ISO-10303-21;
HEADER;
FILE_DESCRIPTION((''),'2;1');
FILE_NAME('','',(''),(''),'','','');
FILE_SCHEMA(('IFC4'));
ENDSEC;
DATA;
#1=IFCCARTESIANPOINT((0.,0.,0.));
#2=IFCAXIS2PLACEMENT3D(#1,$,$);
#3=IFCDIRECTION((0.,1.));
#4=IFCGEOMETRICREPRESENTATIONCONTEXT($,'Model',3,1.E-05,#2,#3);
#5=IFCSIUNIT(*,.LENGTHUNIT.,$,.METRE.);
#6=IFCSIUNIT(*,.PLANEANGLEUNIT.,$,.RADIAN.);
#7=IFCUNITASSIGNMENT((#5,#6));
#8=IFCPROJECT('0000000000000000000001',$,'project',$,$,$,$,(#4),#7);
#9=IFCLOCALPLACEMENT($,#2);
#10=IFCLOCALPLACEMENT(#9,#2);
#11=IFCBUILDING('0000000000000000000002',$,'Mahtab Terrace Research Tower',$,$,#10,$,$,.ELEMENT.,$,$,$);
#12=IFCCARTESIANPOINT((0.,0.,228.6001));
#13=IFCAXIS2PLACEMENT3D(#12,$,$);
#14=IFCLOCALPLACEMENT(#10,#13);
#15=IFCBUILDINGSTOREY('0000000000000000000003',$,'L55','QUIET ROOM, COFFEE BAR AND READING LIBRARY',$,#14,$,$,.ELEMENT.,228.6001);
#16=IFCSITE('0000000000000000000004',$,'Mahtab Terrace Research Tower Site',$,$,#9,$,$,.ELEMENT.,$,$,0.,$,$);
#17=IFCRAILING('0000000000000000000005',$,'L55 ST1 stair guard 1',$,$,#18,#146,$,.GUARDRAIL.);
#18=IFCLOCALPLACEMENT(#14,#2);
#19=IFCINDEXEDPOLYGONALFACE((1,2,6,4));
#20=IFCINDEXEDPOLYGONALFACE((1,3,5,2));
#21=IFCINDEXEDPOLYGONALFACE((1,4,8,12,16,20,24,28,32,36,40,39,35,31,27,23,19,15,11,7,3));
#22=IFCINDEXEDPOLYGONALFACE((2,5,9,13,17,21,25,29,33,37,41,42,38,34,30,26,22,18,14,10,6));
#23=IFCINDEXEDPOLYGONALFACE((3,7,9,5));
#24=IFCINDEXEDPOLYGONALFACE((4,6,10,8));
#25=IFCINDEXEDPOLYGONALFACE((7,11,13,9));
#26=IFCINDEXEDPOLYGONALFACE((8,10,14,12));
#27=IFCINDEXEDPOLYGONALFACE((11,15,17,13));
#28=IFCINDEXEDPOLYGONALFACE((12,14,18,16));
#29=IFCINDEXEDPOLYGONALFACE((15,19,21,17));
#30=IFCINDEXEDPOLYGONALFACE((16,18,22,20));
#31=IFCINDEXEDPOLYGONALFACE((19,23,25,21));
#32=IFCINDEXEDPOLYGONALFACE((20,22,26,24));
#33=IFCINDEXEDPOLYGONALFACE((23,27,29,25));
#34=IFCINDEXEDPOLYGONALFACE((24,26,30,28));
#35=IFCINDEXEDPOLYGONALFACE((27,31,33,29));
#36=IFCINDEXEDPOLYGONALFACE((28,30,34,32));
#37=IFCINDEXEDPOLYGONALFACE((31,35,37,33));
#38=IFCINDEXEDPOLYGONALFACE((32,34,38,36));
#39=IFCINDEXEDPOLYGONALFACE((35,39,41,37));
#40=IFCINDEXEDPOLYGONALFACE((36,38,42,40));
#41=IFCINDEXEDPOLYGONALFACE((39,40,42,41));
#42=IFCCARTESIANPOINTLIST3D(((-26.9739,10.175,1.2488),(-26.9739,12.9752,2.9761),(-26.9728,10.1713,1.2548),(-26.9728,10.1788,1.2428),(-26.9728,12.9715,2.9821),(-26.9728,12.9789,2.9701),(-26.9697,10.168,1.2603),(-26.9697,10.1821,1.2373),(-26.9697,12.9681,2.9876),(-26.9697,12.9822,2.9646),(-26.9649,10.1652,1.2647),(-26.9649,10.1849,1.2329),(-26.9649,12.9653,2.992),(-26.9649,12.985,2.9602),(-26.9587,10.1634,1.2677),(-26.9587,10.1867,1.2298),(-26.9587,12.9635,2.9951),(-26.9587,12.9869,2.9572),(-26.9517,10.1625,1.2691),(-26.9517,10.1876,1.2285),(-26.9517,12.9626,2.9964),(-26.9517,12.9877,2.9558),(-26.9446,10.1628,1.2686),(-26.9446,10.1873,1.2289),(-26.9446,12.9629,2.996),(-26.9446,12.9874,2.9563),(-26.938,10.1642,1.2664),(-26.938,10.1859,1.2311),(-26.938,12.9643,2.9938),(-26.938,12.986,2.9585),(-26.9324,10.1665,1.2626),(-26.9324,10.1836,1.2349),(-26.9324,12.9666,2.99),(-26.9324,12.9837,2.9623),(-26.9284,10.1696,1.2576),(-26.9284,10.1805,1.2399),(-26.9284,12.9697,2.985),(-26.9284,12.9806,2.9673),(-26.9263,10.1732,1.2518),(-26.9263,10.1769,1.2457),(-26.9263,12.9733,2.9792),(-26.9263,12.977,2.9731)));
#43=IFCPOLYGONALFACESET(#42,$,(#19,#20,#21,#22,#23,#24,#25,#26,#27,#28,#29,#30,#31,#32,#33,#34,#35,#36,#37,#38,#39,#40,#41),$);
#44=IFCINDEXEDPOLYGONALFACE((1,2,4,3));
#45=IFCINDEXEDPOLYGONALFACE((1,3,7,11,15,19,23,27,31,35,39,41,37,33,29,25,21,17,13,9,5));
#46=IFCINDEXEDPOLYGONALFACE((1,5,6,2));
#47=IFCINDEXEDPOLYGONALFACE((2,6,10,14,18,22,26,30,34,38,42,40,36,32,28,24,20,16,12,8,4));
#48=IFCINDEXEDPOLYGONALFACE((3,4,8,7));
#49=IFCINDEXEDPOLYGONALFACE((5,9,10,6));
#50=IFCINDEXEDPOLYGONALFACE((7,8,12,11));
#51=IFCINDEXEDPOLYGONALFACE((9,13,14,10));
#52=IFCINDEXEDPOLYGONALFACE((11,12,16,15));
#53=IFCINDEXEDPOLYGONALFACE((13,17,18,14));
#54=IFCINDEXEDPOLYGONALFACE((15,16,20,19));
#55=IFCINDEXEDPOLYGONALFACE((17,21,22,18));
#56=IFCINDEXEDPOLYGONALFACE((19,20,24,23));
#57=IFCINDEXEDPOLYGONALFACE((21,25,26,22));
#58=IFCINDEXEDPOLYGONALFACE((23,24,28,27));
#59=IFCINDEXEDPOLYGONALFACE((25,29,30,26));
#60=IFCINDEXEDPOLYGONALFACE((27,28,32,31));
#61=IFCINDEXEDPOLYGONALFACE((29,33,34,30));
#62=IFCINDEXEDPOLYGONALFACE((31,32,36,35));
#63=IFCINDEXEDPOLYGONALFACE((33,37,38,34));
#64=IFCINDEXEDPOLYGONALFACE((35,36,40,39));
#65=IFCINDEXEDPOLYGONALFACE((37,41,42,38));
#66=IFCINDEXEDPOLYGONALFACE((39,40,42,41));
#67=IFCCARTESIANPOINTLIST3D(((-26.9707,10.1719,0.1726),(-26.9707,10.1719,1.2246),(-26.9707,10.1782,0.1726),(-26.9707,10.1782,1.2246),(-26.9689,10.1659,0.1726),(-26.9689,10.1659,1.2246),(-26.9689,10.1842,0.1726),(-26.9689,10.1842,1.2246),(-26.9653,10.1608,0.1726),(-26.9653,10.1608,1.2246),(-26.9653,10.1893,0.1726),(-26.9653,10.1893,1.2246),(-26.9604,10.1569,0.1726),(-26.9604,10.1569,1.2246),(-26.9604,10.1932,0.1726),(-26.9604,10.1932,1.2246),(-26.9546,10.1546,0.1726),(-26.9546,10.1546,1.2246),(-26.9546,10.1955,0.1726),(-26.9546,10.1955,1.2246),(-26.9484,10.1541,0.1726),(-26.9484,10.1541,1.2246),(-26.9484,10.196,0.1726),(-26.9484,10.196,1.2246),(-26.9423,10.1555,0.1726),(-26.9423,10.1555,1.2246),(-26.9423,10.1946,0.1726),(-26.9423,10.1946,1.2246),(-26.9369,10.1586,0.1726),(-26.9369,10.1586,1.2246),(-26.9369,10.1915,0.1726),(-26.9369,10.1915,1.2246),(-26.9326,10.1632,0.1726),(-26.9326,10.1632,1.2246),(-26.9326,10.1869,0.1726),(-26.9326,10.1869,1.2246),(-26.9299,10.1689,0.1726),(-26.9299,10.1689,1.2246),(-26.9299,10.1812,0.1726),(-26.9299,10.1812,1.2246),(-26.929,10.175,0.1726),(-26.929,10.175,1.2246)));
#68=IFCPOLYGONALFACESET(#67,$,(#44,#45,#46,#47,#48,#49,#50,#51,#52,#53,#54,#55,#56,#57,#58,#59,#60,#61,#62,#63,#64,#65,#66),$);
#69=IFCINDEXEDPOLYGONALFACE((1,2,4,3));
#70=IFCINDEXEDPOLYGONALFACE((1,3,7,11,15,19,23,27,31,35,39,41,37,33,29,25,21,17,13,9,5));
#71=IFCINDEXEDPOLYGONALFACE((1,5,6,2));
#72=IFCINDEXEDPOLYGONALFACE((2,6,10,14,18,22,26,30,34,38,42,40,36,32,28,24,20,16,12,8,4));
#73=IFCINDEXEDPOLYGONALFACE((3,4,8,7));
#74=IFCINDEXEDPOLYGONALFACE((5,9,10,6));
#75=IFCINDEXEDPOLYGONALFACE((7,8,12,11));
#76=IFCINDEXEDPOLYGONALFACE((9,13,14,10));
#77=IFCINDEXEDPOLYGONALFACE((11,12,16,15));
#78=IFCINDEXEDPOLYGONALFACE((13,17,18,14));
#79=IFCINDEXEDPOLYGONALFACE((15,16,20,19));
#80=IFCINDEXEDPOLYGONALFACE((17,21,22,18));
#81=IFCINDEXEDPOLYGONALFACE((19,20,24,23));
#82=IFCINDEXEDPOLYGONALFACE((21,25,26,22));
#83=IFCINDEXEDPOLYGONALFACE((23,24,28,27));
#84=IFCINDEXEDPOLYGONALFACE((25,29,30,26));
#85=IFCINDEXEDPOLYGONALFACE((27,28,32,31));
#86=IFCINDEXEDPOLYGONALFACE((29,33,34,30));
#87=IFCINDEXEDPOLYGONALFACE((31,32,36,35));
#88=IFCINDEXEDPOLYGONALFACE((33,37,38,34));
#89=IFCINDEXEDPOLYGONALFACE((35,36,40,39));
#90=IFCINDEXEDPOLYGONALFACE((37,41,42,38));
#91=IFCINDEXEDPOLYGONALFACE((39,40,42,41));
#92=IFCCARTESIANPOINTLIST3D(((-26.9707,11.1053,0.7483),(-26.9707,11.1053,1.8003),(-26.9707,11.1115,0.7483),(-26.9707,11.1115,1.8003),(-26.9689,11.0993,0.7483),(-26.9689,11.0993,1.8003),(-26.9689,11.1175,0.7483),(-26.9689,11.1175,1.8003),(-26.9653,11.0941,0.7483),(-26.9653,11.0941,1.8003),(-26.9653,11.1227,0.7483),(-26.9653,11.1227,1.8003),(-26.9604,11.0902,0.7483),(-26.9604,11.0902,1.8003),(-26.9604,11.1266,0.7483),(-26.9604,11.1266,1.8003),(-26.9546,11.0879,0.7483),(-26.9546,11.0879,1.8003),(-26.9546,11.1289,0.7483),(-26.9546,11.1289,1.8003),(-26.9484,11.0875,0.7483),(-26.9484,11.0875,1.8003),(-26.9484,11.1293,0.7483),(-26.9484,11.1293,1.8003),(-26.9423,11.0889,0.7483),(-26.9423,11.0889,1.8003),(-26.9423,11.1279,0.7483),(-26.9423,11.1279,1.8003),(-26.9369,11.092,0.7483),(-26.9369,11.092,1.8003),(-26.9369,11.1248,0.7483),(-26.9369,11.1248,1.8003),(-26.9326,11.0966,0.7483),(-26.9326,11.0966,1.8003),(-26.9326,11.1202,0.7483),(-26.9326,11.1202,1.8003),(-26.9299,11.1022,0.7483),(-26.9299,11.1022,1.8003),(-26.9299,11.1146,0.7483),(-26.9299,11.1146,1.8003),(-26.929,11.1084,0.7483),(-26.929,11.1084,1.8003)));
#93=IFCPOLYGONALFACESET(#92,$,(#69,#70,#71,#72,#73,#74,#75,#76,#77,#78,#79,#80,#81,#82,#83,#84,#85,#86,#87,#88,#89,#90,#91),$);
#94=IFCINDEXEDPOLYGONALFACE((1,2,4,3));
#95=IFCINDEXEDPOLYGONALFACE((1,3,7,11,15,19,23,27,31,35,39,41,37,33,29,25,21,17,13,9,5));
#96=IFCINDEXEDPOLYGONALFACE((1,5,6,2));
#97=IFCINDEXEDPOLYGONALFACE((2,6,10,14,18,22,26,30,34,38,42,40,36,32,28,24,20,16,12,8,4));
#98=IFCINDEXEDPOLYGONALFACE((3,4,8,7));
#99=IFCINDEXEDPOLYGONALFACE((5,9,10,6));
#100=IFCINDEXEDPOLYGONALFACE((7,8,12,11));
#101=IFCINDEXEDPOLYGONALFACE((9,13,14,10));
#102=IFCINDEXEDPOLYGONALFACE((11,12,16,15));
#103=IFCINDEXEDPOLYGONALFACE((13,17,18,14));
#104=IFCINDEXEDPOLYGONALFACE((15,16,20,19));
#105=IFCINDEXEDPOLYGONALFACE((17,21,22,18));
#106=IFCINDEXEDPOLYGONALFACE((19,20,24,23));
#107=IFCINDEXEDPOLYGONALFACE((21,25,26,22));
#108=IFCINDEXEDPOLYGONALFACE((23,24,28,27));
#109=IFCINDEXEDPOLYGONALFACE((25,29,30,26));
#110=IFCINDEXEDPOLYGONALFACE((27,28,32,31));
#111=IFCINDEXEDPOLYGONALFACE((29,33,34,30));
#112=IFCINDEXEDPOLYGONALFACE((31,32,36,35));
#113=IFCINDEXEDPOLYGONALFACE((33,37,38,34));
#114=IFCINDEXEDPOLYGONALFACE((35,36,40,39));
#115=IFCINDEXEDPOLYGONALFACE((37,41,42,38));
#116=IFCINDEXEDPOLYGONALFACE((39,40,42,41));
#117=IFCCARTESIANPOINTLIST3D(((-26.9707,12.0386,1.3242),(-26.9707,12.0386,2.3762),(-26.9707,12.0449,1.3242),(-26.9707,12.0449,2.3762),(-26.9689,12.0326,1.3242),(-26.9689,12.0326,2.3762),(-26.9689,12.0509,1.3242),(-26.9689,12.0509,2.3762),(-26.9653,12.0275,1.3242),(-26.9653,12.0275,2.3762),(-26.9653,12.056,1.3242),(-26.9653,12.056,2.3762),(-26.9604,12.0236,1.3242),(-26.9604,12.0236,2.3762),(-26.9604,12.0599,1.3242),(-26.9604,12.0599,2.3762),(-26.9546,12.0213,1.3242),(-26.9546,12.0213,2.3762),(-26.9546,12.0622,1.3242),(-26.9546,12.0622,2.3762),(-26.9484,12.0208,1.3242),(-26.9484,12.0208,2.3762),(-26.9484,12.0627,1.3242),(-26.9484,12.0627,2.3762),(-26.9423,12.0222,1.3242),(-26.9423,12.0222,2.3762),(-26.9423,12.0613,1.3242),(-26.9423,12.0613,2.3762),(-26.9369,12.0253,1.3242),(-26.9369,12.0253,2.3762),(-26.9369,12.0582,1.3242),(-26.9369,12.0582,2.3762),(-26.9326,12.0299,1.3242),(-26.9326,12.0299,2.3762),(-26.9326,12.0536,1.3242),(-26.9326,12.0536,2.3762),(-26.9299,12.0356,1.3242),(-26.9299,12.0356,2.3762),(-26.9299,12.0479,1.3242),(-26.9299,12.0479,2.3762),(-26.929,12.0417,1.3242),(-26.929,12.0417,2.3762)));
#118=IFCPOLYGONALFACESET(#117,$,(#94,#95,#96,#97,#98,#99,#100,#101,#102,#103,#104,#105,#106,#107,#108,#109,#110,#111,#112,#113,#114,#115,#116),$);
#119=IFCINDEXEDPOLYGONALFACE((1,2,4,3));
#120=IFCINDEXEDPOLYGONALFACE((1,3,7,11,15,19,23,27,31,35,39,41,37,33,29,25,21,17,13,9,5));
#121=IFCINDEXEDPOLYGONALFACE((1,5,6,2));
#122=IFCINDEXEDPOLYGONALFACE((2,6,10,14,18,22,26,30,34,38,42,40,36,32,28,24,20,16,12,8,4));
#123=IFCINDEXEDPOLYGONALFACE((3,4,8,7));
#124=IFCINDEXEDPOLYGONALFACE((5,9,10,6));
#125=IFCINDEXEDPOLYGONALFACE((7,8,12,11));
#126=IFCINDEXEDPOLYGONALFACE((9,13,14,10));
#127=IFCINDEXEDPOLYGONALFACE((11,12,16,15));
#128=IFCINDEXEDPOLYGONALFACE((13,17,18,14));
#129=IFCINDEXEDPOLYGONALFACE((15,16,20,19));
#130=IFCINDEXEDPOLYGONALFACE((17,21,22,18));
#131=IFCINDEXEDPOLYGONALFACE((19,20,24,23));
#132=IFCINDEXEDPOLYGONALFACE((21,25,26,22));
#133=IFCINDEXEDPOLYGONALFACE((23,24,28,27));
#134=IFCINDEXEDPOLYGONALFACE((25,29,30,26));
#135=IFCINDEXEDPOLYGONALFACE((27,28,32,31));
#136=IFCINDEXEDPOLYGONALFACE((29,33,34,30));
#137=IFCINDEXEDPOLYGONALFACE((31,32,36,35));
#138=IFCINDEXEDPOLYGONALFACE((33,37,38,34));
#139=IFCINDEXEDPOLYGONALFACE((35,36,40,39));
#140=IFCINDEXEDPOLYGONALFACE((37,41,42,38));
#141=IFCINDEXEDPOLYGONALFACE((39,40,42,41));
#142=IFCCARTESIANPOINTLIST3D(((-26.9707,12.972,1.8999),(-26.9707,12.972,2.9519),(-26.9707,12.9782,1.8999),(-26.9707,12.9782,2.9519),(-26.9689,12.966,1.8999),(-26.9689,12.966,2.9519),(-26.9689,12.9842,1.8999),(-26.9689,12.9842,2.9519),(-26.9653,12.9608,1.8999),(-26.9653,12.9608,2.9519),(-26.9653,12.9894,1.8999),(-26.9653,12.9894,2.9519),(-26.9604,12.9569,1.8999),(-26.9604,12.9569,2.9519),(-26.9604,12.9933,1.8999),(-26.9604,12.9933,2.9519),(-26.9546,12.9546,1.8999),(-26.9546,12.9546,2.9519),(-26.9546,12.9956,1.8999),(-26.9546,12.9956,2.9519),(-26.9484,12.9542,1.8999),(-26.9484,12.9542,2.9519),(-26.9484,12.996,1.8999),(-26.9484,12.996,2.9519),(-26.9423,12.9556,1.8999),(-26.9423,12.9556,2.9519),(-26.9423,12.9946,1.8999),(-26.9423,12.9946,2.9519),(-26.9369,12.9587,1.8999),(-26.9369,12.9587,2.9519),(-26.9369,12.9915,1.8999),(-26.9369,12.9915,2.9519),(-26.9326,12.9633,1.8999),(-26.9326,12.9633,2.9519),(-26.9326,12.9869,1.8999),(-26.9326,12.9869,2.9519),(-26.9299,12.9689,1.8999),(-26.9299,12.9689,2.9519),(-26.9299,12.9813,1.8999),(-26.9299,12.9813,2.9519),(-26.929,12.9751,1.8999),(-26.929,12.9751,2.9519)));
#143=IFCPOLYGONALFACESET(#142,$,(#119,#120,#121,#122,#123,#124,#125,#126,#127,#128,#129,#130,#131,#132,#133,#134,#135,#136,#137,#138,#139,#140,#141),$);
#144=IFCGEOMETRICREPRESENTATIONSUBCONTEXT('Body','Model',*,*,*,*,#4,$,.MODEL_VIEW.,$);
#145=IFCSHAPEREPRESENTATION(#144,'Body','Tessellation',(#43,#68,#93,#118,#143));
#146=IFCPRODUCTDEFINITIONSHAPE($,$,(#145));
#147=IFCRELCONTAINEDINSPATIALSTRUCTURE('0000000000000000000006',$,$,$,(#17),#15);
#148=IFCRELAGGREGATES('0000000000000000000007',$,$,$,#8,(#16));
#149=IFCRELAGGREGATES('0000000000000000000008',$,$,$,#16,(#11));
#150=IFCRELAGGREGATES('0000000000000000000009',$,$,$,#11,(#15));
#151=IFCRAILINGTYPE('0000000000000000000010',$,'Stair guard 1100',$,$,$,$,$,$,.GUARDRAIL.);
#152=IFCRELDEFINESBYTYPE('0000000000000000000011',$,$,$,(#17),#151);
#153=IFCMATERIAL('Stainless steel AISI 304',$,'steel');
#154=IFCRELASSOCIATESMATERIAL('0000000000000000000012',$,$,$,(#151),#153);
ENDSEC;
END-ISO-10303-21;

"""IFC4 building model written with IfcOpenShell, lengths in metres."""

from ifc_helpers import new_model, si_unit, direction, frame, origin, origin_2d, place, context, subcontext, project, spatial, circle, extrude, material, type_object, element, save


model = new_model("IFC4")

# Units and contexts
model_context = context("Model", 3, precision=1e-05, world=origin(), true_north=direction((0.0, 1.0)))
body_context = subcontext(model_context, "Body", "Model", "MODEL_VIEW")
ifc_project = project(units=[si_unit("LENGTHUNIT", "METRE"), si_unit("PLANEANGLEUNIT", "RADIAN")], contexts=[model_context])

# Site, building, storey
site_placement = place(None, origin())
site = spatial("IfcSite", under=ifc_project, at=site_placement, Name="Mahtab Terrace Research Tower Site", CompositionType="ELEMENT", RefElevation=0.0)
building_placement = place(site_placement, origin())
building = spatial("IfcBuilding", under=site, at=building_placement, Name="Mahtab Terrace Research Tower", CompositionType="ELEMENT")
storey_placement = place(building_placement, frame((0.0, 0.0, 228.6001)))
storey = spatial("IfcBuildingStorey", under=building, at=storey_placement, Name="L55", Description="QUIET ROOM, COFFEE BAR AND READING LIBRARY", CompositionType="ELEMENT", Elevation=228.6001)

# Railing
ifc_material_1 = material(Name="Stainless steel AISI 304", Category="steel")
railing_type_1 = type_object("IfcRailingType", Name="Stair guard 1100", PredefinedType="GUARDRAIL", material=ifc_material_1)
railing_1_placement = place(storey_placement, frame((-26.95, 10.175, 0.1726)))
element("IfcRailing", 1, at=railing_1_placement, inside=storey, type_object=railing_type_1, Name="L55 ST1 stair guard 1", PredefinedType="GUARDRAIL", context=body_context, shape_type="SweptSolid", body=[
    extrude(circle(Radius=0.0239, at=origin_2d()), frame((0.0, 0.0, 1.0762), z_axis=(0.0, 0.85109, 0.52502), x_axis=(-1.0, 0.0, 0.0)), (0.0, 0.0, 1.0), 3.29),
    extrude(circle(Radius=0.021, at=origin_2d()), origin(), (0.0, 0.0, 1.0), 1.052),
    extrude(circle(Radius=0.021, at=origin_2d()), frame((0.0, 0.9333, 0.5757)), (0.0, 0.0, 1.0), 1.052),
    extrude(circle(Radius=0.021, at=origin_2d()), frame((0.0, 1.8667, 1.1516)), (0.0, 0.0, 1.0), 1.052),
    extrude(circle(Radius=0.021, at=origin_2d()), frame((0.0, 2.8, 1.7273)), (0.0, 0.0, 1.0), 1.052),
])

save(model, "model.ifc")
